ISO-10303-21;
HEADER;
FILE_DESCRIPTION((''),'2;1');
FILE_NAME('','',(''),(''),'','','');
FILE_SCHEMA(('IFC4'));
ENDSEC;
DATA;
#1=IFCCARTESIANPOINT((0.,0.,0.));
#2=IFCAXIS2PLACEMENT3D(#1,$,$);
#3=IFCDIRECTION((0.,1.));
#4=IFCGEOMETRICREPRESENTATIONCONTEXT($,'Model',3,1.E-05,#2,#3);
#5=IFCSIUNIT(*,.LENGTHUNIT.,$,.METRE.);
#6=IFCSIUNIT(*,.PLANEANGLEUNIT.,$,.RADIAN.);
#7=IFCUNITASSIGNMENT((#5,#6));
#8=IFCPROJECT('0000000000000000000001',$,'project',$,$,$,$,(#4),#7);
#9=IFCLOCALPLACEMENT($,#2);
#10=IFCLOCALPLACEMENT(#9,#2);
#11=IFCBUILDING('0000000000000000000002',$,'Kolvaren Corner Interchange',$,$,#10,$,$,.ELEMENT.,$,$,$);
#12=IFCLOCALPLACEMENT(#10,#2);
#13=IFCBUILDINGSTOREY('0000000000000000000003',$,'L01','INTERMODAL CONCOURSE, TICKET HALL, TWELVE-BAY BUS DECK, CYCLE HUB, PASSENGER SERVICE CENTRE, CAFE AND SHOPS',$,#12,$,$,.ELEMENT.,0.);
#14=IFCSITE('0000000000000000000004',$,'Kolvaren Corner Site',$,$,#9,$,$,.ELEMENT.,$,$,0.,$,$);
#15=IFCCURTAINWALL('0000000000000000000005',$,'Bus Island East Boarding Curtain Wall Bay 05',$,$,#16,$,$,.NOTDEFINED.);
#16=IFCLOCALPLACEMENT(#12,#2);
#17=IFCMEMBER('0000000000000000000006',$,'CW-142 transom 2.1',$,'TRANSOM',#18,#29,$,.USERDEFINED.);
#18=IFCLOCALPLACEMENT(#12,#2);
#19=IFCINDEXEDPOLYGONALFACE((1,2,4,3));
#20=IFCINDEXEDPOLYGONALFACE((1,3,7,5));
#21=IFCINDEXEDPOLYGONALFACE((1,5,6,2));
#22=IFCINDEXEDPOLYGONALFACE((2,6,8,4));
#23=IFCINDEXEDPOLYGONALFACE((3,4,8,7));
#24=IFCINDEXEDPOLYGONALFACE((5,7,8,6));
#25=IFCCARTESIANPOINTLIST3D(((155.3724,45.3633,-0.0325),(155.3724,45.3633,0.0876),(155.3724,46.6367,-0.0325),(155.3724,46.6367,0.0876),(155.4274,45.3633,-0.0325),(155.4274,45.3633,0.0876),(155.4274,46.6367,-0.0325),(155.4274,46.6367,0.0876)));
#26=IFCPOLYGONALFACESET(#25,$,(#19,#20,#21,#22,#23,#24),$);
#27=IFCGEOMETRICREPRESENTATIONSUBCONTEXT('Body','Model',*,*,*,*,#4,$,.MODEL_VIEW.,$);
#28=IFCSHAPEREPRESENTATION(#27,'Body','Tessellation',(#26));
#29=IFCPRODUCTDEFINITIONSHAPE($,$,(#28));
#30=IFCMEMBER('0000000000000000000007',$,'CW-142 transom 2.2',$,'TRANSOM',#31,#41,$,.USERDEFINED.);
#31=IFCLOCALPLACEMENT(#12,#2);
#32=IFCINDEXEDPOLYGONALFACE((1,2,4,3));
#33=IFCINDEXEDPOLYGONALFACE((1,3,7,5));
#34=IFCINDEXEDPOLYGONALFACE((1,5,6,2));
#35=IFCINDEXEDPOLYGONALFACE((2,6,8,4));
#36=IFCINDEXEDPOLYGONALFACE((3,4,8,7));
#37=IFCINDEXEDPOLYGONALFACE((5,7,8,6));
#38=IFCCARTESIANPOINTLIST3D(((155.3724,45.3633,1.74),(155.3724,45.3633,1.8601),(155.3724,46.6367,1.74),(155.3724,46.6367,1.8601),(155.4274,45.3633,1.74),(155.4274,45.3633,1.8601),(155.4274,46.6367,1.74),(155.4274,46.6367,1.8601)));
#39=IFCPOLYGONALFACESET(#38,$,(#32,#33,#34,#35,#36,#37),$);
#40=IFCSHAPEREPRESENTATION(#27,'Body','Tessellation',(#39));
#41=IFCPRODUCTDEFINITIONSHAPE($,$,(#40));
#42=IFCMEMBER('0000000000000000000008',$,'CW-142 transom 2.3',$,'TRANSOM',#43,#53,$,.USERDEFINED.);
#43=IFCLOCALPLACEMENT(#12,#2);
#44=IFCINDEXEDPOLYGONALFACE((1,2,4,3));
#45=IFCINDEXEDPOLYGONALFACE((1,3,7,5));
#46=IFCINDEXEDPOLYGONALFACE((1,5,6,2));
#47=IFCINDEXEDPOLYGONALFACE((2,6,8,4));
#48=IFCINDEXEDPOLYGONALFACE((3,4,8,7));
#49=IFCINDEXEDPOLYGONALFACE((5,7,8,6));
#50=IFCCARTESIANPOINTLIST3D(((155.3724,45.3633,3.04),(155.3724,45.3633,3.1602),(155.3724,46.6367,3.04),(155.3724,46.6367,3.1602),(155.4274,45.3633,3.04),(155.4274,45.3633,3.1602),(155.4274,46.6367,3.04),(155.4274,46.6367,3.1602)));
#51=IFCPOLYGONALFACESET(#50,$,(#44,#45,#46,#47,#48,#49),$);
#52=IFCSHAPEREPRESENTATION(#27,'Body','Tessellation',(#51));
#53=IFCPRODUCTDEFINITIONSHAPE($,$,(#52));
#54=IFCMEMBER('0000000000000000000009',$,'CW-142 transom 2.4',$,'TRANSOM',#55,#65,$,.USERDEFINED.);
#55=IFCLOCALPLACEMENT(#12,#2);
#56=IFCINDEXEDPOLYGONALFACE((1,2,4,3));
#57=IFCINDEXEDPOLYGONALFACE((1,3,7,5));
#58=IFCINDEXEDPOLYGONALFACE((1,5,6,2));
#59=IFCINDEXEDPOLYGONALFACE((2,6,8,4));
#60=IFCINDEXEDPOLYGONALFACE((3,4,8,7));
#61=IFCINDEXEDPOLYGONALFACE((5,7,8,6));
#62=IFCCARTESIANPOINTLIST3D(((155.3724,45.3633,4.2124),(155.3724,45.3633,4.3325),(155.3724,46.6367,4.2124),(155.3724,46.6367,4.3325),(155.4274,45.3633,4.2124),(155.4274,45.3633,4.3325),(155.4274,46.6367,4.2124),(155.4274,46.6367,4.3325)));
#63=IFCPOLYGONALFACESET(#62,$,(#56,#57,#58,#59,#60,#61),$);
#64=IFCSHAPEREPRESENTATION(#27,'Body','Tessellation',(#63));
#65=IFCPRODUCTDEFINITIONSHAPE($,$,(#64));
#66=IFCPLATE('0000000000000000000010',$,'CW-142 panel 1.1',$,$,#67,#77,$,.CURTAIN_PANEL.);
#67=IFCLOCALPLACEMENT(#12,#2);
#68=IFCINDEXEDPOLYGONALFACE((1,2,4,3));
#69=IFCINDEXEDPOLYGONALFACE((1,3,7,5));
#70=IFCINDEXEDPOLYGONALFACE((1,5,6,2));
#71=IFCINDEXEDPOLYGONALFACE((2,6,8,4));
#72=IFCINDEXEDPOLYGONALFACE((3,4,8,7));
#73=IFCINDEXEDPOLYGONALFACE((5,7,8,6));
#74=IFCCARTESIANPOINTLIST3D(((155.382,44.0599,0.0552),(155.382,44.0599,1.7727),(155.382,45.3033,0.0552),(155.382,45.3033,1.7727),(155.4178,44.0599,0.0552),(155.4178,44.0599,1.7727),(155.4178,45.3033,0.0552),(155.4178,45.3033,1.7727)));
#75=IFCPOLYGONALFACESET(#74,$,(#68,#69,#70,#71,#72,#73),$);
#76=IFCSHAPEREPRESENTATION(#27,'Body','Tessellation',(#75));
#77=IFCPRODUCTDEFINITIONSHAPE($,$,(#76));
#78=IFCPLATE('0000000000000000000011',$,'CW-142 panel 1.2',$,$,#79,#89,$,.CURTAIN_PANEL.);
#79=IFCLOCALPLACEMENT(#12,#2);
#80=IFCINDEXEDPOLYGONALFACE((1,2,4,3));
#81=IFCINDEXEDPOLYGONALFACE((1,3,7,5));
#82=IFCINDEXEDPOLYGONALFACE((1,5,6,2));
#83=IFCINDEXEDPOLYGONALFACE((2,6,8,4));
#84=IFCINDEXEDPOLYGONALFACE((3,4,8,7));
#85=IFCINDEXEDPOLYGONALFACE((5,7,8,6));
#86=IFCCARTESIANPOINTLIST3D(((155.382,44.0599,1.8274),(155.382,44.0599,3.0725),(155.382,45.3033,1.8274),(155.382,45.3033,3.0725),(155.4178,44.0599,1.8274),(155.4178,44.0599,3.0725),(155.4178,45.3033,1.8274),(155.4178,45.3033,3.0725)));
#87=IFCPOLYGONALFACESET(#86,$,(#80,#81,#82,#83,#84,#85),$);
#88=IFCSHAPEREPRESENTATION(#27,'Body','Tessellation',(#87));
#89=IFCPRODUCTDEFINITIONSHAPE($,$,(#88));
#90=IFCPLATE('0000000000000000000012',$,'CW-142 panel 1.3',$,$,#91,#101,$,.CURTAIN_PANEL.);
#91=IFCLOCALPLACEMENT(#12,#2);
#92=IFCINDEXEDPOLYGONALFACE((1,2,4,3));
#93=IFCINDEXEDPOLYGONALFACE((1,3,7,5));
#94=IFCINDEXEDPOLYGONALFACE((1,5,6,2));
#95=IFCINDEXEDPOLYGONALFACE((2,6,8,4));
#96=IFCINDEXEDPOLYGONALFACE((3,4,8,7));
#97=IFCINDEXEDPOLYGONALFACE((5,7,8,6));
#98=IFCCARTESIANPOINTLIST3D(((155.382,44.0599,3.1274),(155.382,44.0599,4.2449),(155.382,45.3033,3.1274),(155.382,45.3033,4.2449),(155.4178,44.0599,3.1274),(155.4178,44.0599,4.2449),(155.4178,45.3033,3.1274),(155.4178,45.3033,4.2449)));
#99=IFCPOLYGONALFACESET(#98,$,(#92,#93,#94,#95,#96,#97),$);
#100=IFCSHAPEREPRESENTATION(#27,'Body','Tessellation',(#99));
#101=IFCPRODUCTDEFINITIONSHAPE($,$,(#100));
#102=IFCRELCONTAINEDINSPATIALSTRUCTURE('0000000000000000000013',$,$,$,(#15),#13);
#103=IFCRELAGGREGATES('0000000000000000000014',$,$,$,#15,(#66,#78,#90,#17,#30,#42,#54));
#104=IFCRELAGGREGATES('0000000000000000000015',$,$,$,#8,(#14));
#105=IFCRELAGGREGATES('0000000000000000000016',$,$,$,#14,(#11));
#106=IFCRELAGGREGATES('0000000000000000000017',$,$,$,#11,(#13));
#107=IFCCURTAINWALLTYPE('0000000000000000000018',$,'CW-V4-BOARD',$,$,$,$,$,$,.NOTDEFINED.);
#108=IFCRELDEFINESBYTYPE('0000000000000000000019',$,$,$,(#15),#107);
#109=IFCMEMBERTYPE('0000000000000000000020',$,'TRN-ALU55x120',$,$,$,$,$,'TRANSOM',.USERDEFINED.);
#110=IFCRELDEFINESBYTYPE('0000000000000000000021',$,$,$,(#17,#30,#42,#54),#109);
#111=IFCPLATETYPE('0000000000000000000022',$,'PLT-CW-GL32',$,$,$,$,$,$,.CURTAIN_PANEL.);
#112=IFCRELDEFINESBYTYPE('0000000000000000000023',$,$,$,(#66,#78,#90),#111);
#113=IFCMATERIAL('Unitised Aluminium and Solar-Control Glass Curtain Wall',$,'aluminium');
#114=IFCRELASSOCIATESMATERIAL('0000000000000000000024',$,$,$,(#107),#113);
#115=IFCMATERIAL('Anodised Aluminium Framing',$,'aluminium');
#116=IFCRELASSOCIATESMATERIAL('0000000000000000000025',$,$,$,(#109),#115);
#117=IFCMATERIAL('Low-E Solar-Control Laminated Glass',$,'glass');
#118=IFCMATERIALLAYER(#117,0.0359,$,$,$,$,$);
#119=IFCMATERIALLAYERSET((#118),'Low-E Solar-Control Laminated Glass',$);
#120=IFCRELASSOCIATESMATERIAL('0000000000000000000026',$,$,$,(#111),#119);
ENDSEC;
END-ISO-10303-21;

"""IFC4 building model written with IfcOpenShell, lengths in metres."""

from ifc_helpers import new_model, si_unit, direction, frame, origin, origin_2d, place, context, subcontext, project, spatial, rectangle, extrude, material, layer, layer_set, material_profile, profile_set, type_object, element, aggregate, save


model = new_model("IFC4")

# Units and contexts
model_context = context("Model", 3, precision=1e-05, world=origin(), true_north=direction((0.0, 1.0)))
body_context = subcontext(model_context, "Body", "Model", "MODEL_VIEW")
ifc_project = project(units=[si_unit("LENGTHUNIT", "METRE"), si_unit("PLANEANGLEUNIT", "RADIAN")], contexts=[model_context])

# Site, building, storey
site_placement = place(None, origin())
site = spatial("IfcSite", under=ifc_project, at=site_placement, Name="Kolvaren Corner Site", CompositionType="ELEMENT", RefElevation=0.0)
building_placement = place(site_placement, origin())
building = spatial("IfcBuilding", under=site, at=building_placement, Name="Kolvaren Corner Interchange", CompositionType="ELEMENT")
storey_placement = place(building_placement, origin())
storey = spatial("IfcBuildingStorey", under=building, at=storey_placement, Name="L01", Description="INTERMODAL CONCOURSE, TICKET HALL, TWELVE-BAY BUS DECK, CYCLE HUB, PASSENGER SERVICE CENTRE, CAFE AND SHOPS", CompositionType="ELEMENT", Elevation=0.0)

# Curtain wall, members, plates
ifc_material_1 = material(Name="Unitised Aluminium and Solar-Control Glass Curtain Wall", Category="aluminium")
curtain_wall_type = type_object("IfcCurtainWallType", Name="CW-V4-BOARD", PredefinedType="NOTDEFINED", material=ifc_material_1)
curtain_wall_placement = place(storey_placement, origin())
curtain_wall = element("IfcCurtainWall", 1, at=curtain_wall_placement, inside=storey, type_object=curtain_wall_type, Name="Bus Island East Boarding Curtain Wall Bay 05", PredefinedType="NOTDEFINED")
ifc_material_2 = material(Name="Anodised Aluminium Framing", Category="aluminium")
ifc_material_profile_1 = material_profile(ifc_material_2, rectangle(XDim=0.0549, YDim=0.1201, at=origin_2d()), Name="ALU 55x120")
ifc_profile_set_1 = profile_set([ifc_material_profile_1], Name="Anodised Aluminium Framing")
member_type_1 = type_object("IfcMemberType", Name="TRN-ALU55x120", ElementType="TRANSOM", PredefinedType="USERDEFINED", material=ifc_profile_set_1)
member_1_placement = place(storey_placement, frame((155.3999, 45.3633, 0.0276), z_axis=(0.0, 1.0, 0.0), x_axis=(-1.0, 0.0, 0.0)))
member_1 = element("IfcMember", 2, at=member_1_placement, type_object=member_type_1, Name="CW-142 transom 2.1", ObjectType="TRANSOM", PredefinedType="USERDEFINED", context=body_context, shape_type="SweptSolid", body=[
    extrude(rectangle(XDim=0.0549, YDim=0.1201, at=origin_2d()), origin(), (0.0, 0.0, 1.0), 1.2734),
])
member_2_placement = place(storey_placement, frame((155.3999, 45.3633, 1.8), z_axis=(0.0, 1.0, 0.0), x_axis=(-1.0, 0.0, 0.0)))
member_2 = element("IfcMember", 3, at=member_2_placement, type_object=member_type_1, Name="CW-142 transom 2.2", ObjectType="TRANSOM", PredefinedType="USERDEFINED", context=body_context, shape_type="SweptSolid", body=[
    extrude(rectangle(XDim=0.0549, YDim=0.1201, at=origin_2d()), origin(), (0.0, 0.0, 1.0), 1.2734),
])
member_3_placement = place(storey_placement, frame((155.3999, 45.3633, 3.1001), z_axis=(0.0, 1.0, 0.0), x_axis=(-1.0, 0.0, 0.0)))
member_3 = element("IfcMember", 4, at=member_3_placement, type_object=member_type_1, Name="CW-142 transom 2.3", ObjectType="TRANSOM", PredefinedType="USERDEFINED", context=body_context, shape_type="SweptSolid", body=[
    extrude(rectangle(XDim=0.0549, YDim=0.1201, at=origin_2d()), origin(), (0.0, 0.0, 1.0), 1.2734),
])
member_4_placement = place(storey_placement, frame((155.3999, 45.3633, 4.2725), z_axis=(0.0, 1.0, 0.0), x_axis=(-1.0, 0.0, 0.0)))
member_4 = element("IfcMember", 5, at=member_4_placement, type_object=member_type_1, Name="CW-142 transom 2.4", ObjectType="TRANSOM", PredefinedType="USERDEFINED", context=body_context, shape_type="SweptSolid", body=[
    extrude(rectangle(XDim=0.0549, YDim=0.1201, at=origin_2d()), origin(), (0.0, 0.0, 1.0), 1.2734),
])
ifc_material_3 = material(Name="Low-E Solar-Control Laminated Glass", Category="glass")
ifc_layer = layer(ifc_material_3, 0.0359)
ifc_layer_set = layer_set([ifc_layer], Name="Low-E Solar-Control Laminated Glass")
plate_type = type_object("IfcPlateType", Name="PLT-CW-GL32", PredefinedType="CURTAIN_PANEL", material=ifc_layer_set)
plate_1_placement = place(storey_placement, frame((155.3999, 44.6816, 0.0552), z_axis=(0.0, 0.0, 1.0), x_axis=(0.0, 1.0, 0.0)))
plate_1 = element("IfcPlate", 6, at=plate_1_placement, type_object=plate_type, Name="CW-142 panel 1.1", PredefinedType="CURTAIN_PANEL", context=body_context, shape_type="SweptSolid", body=[
    extrude(rectangle(XDim=1.2434, YDim=0.0359, at=origin_2d()), origin(), (0.0, 0.0, 1.0), 1.7175),
])
plate_2_placement = place(storey_placement, frame((155.3999, 44.6816, 1.8274), z_axis=(0.0, 0.0, 1.0), x_axis=(0.0, 1.0, 0.0)))
plate_2 = element("IfcPlate", 7, at=plate_2_placement, type_object=plate_type, Name="CW-142 panel 1.2", PredefinedType="CURTAIN_PANEL", context=body_context, shape_type="SweptSolid", body=[
    extrude(rectangle(XDim=1.2434, YDim=0.0359, at=origin_2d()), origin(), (0.0, 0.0, 1.0), 1.2451),
])
plate_3_placement = place(storey_placement, frame((155.3999, 44.6816, 3.1274), z_axis=(0.0, 0.0, 1.0), x_axis=(0.0, 1.0, 0.0)))
plate_3 = element("IfcPlate", 8, at=plate_3_placement, type_object=plate_type, Name="CW-142 panel 1.3", PredefinedType="CURTAIN_PANEL", context=body_context, shape_type="SweptSolid", body=[
    extrude(rectangle(XDim=1.2434, YDim=0.0359, at=origin_2d()), origin(), (0.0, 0.0, 1.0), 1.1174),
])
aggregate(curtain_wall, [plate_1, plate_2, plate_3, member_1, member_2, member_3, member_4])

save(model, "model.ifc")
